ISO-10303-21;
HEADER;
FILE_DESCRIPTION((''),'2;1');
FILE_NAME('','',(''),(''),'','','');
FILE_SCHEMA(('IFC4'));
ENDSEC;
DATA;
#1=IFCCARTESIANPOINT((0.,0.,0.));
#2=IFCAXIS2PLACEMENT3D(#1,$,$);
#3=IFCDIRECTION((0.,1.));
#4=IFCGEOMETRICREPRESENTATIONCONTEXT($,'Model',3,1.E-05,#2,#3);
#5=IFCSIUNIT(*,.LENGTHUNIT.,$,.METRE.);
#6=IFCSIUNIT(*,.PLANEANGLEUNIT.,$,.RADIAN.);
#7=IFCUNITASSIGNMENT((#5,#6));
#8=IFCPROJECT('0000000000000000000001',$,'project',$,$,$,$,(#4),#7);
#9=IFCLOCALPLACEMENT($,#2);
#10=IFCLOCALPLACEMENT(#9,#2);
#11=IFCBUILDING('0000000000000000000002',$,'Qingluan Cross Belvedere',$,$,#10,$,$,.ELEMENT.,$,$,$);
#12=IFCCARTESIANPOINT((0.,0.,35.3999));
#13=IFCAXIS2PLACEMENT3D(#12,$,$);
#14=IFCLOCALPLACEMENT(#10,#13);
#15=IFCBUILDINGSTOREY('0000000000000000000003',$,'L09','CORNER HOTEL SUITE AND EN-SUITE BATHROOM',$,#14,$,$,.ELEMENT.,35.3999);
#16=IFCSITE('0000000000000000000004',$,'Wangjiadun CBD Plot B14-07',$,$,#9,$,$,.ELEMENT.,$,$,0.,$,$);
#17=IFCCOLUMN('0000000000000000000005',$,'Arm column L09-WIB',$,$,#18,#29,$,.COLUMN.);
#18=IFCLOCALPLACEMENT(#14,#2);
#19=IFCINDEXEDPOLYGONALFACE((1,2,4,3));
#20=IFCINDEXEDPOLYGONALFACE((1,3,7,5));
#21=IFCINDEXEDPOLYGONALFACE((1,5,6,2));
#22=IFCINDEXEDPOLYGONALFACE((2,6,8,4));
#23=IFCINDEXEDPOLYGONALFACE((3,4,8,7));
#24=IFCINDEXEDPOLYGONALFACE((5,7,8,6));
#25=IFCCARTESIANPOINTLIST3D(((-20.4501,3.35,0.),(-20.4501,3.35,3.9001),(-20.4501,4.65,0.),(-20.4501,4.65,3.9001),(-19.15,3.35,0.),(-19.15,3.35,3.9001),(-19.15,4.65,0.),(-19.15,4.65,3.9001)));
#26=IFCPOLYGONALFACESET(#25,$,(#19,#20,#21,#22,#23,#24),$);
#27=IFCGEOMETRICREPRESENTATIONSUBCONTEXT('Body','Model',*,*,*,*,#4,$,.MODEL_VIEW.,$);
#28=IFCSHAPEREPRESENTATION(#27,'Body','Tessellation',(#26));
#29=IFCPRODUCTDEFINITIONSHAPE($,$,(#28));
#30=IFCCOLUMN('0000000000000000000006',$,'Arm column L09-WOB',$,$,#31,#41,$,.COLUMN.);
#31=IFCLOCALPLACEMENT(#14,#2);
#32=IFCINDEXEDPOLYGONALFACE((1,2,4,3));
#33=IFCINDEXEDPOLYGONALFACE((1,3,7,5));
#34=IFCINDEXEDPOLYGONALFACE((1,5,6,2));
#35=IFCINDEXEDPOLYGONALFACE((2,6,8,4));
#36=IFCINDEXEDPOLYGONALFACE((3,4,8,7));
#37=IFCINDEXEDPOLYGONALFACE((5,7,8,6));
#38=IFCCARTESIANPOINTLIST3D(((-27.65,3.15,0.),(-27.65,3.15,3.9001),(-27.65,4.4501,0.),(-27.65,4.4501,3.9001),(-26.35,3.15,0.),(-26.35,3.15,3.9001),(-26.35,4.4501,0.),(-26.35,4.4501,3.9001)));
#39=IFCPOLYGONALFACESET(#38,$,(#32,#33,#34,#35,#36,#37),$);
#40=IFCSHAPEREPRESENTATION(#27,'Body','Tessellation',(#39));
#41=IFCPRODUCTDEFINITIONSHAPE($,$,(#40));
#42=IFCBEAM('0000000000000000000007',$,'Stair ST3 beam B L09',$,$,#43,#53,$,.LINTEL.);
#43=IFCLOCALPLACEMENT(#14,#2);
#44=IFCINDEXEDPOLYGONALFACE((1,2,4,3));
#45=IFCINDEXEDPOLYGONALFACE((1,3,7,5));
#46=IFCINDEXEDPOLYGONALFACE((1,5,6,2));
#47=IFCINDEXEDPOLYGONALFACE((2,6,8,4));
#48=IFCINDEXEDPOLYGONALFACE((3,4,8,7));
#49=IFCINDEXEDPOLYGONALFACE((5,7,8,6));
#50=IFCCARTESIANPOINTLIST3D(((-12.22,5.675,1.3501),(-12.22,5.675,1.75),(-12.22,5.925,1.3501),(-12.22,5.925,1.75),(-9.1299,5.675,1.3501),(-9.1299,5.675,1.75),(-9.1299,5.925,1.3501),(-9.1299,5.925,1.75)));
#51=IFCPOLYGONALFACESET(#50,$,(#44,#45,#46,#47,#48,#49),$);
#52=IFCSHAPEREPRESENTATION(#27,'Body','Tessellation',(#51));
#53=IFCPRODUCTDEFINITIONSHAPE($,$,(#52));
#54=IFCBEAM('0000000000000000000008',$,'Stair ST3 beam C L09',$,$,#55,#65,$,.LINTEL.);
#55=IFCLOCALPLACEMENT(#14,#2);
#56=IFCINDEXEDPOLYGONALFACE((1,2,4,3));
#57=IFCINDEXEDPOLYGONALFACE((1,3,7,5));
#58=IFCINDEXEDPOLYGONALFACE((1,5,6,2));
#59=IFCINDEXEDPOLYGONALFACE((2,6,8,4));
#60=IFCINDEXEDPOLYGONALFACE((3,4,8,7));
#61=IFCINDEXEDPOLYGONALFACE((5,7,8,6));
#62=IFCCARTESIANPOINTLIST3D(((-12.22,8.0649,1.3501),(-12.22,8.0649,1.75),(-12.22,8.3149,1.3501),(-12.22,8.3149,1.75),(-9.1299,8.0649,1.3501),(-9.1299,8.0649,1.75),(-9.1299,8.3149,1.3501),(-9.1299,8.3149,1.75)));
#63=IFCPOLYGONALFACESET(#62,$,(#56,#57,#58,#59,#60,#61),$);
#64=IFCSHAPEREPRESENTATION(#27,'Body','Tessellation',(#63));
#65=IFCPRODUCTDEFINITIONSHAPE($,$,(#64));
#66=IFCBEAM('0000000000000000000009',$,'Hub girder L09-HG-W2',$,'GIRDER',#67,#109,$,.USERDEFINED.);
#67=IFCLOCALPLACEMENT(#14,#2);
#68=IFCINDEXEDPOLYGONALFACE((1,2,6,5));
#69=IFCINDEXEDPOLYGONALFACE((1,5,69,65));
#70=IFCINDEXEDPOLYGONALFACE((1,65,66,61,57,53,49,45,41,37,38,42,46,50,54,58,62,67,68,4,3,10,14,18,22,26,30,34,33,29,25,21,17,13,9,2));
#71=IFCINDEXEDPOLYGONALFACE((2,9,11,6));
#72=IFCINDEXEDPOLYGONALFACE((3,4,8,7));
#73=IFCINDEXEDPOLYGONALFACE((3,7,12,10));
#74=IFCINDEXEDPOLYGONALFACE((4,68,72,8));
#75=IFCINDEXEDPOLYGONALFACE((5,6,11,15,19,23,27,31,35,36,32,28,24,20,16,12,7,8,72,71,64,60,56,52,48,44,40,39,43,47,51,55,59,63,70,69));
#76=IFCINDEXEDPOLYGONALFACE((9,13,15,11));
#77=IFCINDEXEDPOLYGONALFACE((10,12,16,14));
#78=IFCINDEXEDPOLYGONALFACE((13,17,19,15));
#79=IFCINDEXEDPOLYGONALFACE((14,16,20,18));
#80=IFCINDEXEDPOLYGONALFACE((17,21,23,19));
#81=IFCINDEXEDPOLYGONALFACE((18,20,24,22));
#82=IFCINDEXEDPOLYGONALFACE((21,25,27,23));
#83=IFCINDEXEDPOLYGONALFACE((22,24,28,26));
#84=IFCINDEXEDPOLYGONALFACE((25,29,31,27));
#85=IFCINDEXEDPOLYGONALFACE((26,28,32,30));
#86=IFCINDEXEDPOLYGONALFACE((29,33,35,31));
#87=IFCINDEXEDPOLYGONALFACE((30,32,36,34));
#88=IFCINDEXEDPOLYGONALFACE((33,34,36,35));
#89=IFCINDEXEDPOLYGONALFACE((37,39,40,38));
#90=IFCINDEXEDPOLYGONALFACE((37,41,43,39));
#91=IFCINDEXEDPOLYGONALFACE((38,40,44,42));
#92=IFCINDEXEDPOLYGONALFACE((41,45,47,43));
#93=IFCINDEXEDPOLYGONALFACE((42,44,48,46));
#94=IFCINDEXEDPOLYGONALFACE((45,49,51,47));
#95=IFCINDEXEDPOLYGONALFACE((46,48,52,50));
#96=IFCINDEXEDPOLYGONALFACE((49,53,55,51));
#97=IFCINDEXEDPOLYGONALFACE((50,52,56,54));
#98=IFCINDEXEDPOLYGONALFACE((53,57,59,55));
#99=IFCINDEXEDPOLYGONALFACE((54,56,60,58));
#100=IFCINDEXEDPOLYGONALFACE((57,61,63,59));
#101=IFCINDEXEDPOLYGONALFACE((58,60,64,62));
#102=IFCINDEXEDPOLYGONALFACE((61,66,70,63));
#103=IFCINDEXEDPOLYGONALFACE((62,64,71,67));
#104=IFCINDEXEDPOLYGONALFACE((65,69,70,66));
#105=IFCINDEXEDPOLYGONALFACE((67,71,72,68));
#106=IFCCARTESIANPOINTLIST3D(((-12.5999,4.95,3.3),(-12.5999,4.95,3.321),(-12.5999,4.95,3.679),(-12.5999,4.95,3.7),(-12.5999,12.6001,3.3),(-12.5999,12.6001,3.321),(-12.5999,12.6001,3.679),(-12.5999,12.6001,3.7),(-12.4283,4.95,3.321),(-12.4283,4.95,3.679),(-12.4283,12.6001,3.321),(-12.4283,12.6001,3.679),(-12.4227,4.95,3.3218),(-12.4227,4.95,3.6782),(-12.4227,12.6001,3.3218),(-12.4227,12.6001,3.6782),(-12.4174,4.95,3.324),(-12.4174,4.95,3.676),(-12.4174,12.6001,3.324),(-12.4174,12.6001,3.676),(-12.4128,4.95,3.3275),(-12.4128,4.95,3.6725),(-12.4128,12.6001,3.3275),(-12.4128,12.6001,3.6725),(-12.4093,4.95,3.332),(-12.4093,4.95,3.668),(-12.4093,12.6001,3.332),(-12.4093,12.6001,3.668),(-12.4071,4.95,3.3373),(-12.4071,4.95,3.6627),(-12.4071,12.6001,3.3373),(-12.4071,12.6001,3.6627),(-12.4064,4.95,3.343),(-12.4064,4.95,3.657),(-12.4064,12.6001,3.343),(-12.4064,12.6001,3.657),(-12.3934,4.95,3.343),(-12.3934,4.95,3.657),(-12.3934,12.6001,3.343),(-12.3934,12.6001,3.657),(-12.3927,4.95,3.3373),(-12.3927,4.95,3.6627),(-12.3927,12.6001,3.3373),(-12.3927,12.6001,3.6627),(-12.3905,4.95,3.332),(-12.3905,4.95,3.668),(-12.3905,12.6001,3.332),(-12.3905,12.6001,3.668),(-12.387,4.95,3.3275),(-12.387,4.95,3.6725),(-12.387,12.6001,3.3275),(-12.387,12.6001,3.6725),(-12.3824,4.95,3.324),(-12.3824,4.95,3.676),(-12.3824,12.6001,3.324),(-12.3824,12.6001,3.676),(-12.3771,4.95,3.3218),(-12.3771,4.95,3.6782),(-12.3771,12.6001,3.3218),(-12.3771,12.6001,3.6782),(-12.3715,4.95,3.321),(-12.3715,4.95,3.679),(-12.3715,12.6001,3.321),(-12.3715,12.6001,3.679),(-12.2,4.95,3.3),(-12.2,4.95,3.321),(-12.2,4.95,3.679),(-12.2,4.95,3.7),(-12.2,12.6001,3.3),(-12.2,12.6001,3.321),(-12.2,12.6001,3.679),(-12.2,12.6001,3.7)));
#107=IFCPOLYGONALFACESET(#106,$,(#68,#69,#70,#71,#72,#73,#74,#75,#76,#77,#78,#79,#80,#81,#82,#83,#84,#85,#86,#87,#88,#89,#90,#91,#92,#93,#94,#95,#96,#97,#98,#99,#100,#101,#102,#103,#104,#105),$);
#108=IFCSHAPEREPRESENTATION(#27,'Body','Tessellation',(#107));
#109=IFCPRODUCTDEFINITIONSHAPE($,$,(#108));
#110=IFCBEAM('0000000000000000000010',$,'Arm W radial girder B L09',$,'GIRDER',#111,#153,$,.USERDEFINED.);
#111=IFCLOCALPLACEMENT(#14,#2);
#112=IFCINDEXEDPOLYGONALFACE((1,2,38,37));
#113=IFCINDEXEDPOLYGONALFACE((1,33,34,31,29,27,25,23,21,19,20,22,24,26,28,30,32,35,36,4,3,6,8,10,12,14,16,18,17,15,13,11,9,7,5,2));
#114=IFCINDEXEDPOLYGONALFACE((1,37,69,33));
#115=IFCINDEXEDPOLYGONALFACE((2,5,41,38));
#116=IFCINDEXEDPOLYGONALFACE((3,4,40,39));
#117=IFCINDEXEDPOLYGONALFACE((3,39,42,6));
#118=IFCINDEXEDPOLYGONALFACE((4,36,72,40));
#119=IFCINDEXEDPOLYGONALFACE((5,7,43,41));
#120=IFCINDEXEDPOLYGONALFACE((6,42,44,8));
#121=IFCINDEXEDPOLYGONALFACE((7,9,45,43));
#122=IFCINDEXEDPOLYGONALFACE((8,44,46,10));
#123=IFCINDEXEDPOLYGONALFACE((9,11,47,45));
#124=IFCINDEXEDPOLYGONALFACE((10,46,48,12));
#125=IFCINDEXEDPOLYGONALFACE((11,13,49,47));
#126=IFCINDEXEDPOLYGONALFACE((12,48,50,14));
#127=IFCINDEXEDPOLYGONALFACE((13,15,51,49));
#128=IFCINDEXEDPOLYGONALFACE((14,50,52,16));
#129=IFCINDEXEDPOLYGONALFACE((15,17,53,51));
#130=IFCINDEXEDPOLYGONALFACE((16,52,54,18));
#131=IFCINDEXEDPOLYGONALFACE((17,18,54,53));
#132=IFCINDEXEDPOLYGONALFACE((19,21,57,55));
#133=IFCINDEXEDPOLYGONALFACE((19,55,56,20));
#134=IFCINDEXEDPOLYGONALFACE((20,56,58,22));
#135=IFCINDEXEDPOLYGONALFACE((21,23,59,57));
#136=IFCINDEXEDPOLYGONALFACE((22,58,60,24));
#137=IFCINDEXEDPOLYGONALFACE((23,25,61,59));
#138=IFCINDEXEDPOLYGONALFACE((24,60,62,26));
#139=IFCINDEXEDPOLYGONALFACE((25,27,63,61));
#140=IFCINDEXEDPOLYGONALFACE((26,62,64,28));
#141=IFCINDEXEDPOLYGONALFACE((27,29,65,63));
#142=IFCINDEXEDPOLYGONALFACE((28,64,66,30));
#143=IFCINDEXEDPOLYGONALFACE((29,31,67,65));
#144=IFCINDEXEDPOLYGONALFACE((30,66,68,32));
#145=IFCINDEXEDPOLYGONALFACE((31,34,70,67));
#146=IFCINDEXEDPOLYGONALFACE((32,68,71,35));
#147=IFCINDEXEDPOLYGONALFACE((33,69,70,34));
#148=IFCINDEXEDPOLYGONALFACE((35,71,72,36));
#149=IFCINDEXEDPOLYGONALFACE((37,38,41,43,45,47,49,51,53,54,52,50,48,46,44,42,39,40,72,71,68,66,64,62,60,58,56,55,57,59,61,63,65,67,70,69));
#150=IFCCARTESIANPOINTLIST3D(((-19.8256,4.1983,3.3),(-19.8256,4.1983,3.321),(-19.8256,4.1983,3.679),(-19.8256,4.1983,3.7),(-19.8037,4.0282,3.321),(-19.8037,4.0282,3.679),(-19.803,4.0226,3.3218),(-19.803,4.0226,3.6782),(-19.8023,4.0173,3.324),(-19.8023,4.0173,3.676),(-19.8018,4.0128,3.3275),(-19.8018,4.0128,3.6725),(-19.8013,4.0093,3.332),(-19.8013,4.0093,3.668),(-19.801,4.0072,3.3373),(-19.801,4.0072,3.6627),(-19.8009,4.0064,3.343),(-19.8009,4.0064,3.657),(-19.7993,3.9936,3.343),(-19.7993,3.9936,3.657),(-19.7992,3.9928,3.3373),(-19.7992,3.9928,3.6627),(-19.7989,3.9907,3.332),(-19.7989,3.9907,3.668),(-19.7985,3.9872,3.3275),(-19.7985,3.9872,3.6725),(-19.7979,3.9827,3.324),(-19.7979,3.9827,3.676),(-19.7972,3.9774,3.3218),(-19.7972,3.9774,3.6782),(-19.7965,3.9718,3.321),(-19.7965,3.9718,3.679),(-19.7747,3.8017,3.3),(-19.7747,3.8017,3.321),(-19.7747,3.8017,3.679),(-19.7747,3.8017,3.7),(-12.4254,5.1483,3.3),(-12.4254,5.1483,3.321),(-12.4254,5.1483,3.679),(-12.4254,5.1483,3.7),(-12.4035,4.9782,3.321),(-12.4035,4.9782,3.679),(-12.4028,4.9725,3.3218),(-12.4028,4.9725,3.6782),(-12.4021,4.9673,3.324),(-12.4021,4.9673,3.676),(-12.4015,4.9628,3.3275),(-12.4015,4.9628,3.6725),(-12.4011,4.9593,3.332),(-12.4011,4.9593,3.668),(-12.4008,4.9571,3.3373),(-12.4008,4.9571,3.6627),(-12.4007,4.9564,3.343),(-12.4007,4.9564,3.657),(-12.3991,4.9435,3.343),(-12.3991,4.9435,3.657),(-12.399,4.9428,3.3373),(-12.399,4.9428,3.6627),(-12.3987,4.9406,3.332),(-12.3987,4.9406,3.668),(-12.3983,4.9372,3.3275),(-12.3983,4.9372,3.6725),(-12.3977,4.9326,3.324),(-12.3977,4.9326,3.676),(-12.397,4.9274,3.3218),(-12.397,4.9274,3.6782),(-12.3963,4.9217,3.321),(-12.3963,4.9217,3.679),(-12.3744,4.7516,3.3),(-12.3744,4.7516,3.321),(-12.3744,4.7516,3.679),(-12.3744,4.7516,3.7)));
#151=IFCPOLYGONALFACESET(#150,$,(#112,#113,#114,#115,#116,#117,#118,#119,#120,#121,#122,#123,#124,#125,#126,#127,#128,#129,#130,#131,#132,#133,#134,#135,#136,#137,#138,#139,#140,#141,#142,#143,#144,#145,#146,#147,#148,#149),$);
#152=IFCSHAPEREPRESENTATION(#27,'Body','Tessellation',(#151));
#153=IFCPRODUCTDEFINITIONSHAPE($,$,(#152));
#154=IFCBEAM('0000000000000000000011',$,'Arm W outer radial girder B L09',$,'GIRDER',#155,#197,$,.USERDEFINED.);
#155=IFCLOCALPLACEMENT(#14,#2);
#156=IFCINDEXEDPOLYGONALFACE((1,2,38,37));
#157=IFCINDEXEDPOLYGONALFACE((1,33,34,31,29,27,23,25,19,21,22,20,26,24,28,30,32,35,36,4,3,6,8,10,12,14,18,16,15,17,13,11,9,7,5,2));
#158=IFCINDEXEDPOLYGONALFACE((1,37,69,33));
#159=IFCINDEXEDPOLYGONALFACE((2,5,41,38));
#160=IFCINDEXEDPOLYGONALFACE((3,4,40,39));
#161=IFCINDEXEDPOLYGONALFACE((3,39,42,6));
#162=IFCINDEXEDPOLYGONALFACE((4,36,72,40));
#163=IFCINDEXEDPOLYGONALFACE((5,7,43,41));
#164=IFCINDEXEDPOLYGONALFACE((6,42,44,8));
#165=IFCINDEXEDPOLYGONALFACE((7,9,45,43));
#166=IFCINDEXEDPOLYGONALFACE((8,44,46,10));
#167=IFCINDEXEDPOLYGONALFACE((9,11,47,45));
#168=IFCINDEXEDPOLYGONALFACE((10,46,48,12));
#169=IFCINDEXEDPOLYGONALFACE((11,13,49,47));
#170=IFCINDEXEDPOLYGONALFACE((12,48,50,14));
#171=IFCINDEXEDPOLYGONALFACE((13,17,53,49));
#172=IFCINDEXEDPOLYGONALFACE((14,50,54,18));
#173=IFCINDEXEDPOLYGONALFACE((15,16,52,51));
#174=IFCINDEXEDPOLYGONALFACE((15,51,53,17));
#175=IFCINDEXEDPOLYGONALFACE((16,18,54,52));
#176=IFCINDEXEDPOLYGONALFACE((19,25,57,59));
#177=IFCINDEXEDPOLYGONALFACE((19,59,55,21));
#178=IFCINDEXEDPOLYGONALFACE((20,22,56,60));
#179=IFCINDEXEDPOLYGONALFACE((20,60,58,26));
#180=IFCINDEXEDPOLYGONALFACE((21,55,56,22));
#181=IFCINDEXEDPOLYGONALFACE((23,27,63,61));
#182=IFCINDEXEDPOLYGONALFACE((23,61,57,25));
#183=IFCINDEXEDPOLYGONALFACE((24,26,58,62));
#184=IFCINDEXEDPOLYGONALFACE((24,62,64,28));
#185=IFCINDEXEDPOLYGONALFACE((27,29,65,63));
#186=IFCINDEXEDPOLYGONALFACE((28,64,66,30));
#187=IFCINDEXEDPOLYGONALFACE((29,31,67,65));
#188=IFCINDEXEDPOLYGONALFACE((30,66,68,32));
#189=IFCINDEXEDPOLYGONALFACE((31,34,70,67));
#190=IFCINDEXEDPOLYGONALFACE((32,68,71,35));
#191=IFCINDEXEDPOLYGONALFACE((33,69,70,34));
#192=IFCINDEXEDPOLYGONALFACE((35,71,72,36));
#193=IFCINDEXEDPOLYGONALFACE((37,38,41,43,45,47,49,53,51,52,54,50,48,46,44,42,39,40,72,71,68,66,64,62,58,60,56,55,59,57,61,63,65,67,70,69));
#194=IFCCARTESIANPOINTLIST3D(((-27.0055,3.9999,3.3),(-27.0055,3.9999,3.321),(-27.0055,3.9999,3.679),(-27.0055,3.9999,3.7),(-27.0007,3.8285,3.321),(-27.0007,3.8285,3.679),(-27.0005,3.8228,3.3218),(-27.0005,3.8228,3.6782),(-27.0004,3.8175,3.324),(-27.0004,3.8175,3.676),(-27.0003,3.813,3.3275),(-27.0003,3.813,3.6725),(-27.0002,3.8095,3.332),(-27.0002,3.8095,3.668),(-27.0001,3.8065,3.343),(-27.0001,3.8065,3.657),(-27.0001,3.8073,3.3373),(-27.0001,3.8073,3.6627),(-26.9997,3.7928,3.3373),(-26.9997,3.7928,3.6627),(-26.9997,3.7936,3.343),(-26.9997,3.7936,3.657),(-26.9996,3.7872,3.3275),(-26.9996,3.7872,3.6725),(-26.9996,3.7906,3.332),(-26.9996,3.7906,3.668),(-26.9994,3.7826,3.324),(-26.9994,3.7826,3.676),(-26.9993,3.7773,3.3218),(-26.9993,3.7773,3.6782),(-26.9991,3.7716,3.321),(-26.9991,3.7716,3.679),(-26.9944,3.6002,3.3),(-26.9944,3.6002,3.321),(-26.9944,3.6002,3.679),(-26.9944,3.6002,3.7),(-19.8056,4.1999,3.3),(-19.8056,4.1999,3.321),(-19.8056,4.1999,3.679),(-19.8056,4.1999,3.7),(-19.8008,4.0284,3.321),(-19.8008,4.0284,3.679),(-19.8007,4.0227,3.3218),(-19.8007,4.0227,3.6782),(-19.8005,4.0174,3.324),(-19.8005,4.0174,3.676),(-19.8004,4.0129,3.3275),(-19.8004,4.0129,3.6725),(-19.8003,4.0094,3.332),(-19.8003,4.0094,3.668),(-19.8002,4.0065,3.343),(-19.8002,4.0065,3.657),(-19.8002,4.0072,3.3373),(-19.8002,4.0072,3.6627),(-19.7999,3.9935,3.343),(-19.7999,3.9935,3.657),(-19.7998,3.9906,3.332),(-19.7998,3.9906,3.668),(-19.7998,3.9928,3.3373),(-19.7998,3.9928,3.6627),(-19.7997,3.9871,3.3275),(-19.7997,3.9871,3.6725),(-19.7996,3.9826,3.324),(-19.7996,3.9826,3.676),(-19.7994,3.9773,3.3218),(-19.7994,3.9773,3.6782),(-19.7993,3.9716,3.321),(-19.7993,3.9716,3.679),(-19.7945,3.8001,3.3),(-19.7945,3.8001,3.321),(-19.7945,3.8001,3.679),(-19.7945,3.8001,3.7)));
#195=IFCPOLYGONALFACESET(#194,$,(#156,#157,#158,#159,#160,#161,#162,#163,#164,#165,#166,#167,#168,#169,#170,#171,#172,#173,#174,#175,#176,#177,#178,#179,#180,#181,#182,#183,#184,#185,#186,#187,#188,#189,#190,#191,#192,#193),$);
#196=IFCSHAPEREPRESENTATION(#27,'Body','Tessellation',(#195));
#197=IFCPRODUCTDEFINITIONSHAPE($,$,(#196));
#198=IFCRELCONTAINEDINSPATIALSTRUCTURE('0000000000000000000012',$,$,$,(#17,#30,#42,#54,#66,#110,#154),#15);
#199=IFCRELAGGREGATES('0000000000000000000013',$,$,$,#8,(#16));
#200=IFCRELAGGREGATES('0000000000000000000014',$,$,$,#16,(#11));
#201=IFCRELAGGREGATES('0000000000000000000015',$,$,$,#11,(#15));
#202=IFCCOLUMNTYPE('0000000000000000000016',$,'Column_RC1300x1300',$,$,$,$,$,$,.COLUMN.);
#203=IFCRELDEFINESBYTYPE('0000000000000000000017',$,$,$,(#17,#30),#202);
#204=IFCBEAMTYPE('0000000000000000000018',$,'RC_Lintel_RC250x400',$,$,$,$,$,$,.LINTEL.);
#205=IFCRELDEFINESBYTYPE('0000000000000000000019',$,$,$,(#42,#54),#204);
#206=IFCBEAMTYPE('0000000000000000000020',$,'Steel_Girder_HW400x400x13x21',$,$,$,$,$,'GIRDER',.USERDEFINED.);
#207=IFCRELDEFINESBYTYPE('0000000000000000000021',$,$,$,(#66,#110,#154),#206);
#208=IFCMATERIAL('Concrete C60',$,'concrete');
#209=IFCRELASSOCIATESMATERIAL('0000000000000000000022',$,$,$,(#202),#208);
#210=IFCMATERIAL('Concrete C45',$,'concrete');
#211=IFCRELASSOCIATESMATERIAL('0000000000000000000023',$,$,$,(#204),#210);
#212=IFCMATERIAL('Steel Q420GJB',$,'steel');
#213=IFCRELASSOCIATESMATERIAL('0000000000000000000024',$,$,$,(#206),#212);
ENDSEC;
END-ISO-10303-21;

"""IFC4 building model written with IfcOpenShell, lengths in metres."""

from ifc_helpers import new_model, si_unit, direction, frame, origin, origin_2d, place, context, subcontext, project, spatial, rectangle, i_section, extrude, material, material_profile, profile_set, type_object, element, save


model = new_model("IFC4")

# Units and contexts
model_context = context("Model", 3, precision=1e-05, world=origin(), true_north=direction((0.0, 1.0)))
body_context = subcontext(model_context, "Body", "Model", "MODEL_VIEW")
ifc_project = project(units=[si_unit("LENGTHUNIT", "METRE"), si_unit("PLANEANGLEUNIT", "RADIAN")], contexts=[model_context])

# Site, building, storey
site_placement = place(None, origin())
site = spatial("IfcSite", under=ifc_project, at=site_placement, Name="Wangjiadun CBD Plot B14-07", CompositionType="ELEMENT", RefElevation=0.0)
building_placement = place(site_placement, origin())
building = spatial("IfcBuilding", under=site, at=building_placement, Name="Qingluan Cross Belvedere", CompositionType="ELEMENT")
storey_placement = place(building_placement, frame((0.0, 0.0, 35.3999)))
storey = spatial("IfcBuildingStorey", under=building, at=storey_placement, Name="L09", Description="CORNER HOTEL SUITE AND EN-SUITE BATHROOM", CompositionType="ELEMENT", Elevation=35.3999)

# Columns
ifc_material_1 = material(Name="Concrete C60", Category="concrete")
ifc_material_profile_1 = material_profile(ifc_material_1, rectangle(XDim=1.3, YDim=1.3, at=origin_2d()), Name="RC1300x1300")
ifc_profile_set_1 = profile_set([ifc_material_profile_1], Name="Concrete C60")
column_type = type_object("IfcColumnType", Name="Column_RC1300x1300", PredefinedType="COLUMN", material=ifc_profile_set_1)
for number, where, z_axis, x_axis, name in (
    (1, (-19.8, 4.0, 0.0), (0.0, 0.0, 1.0), (1.0, 0.0, 0.0), "Arm column L09-WIB"),
    (2, (-27.0, 3.8, 0.0), (0.0, 0.0, 1.0), (1.0, 0.0, 0.0), "Arm column L09-WOB"),
):
    element("IfcColumn", number, at=place(storey_placement, frame(where, z_axis=z_axis, x_axis=x_axis)), inside=storey, type_object=column_type, Name=name, PredefinedType="COLUMN", context=body_context, shape_type="SweptSolid", body=[
        extrude(rectangle(XDim=1.3, YDim=1.3, at=origin_2d()), origin(), (0.0, 0.0, 1.0), 3.9001),
    ])

# Beams
ifc_material_2 = material(Name="Concrete C45", Category="concrete")
ifc_material_profile_2 = material_profile(ifc_material_2, rectangle(XDim=0.25, YDim=0.3999, at=origin_2d()), Name="RC250x400")
ifc_profile_set_2 = profile_set([ifc_material_profile_2], Name="Concrete C45")
beam_type_1 = type_object("IfcBeamType", Name="RC_Lintel_RC250x400", PredefinedType="LINTEL", material=ifc_profile_set_2)
for number, where, z_axis, x_axis, name in (
    (3, (-12.22, 5.8, 1.55), (1.0, 0.0, 0.0), (0.0, 1.0, 0.0), "Stair ST3 beam B L09"),
    (4, (-12.22, 8.1899, 1.55), (1.0, 0.0, 0.0), (0.0, 1.0, 0.0), "Stair ST3 beam C L09"),
):
    element("IfcBeam", number, at=place(storey_placement, frame(where, z_axis=z_axis, x_axis=x_axis)), inside=storey, type_object=beam_type_1, Name=name, PredefinedType="LINTEL", context=body_context, shape_type="SweptSolid", body=[
        extrude(rectangle(XDim=0.25, YDim=0.3999, at=origin_2d()), origin(), (0.0, 0.0, 1.0), 3.0901),
    ])
ifc_material_3 = material(Name="Steel Q420GJB", Category="steel")
ifc_material_profile_3 = material_profile(ifc_material_3, i_section(OverallWidth=0.3999, OverallDepth=0.3999, WebThickness=0.0129, FlangeThickness=0.021, FilletRadius=0.022, at=origin_2d()), Name="HW400x400x13x21")
ifc_profile_set_3 = profile_set([ifc_material_profile_3], Name="Steel Q420GJB")
beam_type_2 = type_object("IfcBeamType", Name="Steel_Girder_HW400x400x13x21", ElementType="GIRDER", PredefinedType="USERDEFINED", material=ifc_profile_set_3)
beam_1_placement = place(storey_placement, frame((-12.3999, 4.95, 3.5), z_axis=(0.0, 1.0, 0.0), x_axis=(-1.0, 0.0, 0.0)))
element("IfcBeam", 5, at=beam_1_placement, inside=storey, type_object=beam_type_2, Name="Hub girder L09-HG-W2", ObjectType="GIRDER", PredefinedType="USERDEFINED", context=body_context, shape_type="SweptSolid", body=[
    extrude(i_section(OverallWidth=0.3999, OverallDepth=0.3999, WebThickness=0.0129, FlangeThickness=0.021, FilletRadius=0.022, at=origin_2d()), origin(), (0.0, 0.0, 1.0), 7.6501),
])
beam_2_placement = place(storey_placement, frame((-12.3999, 4.95, 3.5), z_axis=(-0.991861, -0.127324, 0.0), x_axis=(0.127324, -0.991861, 0.0)))
element("IfcBeam", 6, at=beam_2_placement, inside=storey, type_object=beam_type_2, Name="Arm W radial girder B L09", ObjectType="GIRDER", PredefinedType="USERDEFINED", context=body_context, shape_type="SweptSolid", body=[
    extrude(i_section(OverallWidth=0.3999, OverallDepth=0.3999, WebThickness=0.0129, FlangeThickness=0.021, FilletRadius=0.022, at=origin_2d()), origin(), (0.0, 0.0, 1.0), 7.4609),
])
beam_3_placement = place(storey_placement, frame((-19.8, 4.0, 3.5), z_axis=(-0.999615, -0.02776, 0.0), x_axis=(0.02776, -0.999615, 0.0)))
element("IfcBeam", 7, at=beam_3_placement, inside=storey, type_object=beam_type_2, Name="Arm W outer radial girder B L09", ObjectType="GIRDER", PredefinedType="USERDEFINED", context=body_context, shape_type="SweptSolid", body=[
    extrude(i_section(OverallWidth=0.3999, OverallDepth=0.3999, WebThickness=0.0129, FlangeThickness=0.021, FilletRadius=0.022, at=origin_2d()), origin(), (0.0, 0.0, 1.0), 7.2026),
])

save(model, "model.ifc")
